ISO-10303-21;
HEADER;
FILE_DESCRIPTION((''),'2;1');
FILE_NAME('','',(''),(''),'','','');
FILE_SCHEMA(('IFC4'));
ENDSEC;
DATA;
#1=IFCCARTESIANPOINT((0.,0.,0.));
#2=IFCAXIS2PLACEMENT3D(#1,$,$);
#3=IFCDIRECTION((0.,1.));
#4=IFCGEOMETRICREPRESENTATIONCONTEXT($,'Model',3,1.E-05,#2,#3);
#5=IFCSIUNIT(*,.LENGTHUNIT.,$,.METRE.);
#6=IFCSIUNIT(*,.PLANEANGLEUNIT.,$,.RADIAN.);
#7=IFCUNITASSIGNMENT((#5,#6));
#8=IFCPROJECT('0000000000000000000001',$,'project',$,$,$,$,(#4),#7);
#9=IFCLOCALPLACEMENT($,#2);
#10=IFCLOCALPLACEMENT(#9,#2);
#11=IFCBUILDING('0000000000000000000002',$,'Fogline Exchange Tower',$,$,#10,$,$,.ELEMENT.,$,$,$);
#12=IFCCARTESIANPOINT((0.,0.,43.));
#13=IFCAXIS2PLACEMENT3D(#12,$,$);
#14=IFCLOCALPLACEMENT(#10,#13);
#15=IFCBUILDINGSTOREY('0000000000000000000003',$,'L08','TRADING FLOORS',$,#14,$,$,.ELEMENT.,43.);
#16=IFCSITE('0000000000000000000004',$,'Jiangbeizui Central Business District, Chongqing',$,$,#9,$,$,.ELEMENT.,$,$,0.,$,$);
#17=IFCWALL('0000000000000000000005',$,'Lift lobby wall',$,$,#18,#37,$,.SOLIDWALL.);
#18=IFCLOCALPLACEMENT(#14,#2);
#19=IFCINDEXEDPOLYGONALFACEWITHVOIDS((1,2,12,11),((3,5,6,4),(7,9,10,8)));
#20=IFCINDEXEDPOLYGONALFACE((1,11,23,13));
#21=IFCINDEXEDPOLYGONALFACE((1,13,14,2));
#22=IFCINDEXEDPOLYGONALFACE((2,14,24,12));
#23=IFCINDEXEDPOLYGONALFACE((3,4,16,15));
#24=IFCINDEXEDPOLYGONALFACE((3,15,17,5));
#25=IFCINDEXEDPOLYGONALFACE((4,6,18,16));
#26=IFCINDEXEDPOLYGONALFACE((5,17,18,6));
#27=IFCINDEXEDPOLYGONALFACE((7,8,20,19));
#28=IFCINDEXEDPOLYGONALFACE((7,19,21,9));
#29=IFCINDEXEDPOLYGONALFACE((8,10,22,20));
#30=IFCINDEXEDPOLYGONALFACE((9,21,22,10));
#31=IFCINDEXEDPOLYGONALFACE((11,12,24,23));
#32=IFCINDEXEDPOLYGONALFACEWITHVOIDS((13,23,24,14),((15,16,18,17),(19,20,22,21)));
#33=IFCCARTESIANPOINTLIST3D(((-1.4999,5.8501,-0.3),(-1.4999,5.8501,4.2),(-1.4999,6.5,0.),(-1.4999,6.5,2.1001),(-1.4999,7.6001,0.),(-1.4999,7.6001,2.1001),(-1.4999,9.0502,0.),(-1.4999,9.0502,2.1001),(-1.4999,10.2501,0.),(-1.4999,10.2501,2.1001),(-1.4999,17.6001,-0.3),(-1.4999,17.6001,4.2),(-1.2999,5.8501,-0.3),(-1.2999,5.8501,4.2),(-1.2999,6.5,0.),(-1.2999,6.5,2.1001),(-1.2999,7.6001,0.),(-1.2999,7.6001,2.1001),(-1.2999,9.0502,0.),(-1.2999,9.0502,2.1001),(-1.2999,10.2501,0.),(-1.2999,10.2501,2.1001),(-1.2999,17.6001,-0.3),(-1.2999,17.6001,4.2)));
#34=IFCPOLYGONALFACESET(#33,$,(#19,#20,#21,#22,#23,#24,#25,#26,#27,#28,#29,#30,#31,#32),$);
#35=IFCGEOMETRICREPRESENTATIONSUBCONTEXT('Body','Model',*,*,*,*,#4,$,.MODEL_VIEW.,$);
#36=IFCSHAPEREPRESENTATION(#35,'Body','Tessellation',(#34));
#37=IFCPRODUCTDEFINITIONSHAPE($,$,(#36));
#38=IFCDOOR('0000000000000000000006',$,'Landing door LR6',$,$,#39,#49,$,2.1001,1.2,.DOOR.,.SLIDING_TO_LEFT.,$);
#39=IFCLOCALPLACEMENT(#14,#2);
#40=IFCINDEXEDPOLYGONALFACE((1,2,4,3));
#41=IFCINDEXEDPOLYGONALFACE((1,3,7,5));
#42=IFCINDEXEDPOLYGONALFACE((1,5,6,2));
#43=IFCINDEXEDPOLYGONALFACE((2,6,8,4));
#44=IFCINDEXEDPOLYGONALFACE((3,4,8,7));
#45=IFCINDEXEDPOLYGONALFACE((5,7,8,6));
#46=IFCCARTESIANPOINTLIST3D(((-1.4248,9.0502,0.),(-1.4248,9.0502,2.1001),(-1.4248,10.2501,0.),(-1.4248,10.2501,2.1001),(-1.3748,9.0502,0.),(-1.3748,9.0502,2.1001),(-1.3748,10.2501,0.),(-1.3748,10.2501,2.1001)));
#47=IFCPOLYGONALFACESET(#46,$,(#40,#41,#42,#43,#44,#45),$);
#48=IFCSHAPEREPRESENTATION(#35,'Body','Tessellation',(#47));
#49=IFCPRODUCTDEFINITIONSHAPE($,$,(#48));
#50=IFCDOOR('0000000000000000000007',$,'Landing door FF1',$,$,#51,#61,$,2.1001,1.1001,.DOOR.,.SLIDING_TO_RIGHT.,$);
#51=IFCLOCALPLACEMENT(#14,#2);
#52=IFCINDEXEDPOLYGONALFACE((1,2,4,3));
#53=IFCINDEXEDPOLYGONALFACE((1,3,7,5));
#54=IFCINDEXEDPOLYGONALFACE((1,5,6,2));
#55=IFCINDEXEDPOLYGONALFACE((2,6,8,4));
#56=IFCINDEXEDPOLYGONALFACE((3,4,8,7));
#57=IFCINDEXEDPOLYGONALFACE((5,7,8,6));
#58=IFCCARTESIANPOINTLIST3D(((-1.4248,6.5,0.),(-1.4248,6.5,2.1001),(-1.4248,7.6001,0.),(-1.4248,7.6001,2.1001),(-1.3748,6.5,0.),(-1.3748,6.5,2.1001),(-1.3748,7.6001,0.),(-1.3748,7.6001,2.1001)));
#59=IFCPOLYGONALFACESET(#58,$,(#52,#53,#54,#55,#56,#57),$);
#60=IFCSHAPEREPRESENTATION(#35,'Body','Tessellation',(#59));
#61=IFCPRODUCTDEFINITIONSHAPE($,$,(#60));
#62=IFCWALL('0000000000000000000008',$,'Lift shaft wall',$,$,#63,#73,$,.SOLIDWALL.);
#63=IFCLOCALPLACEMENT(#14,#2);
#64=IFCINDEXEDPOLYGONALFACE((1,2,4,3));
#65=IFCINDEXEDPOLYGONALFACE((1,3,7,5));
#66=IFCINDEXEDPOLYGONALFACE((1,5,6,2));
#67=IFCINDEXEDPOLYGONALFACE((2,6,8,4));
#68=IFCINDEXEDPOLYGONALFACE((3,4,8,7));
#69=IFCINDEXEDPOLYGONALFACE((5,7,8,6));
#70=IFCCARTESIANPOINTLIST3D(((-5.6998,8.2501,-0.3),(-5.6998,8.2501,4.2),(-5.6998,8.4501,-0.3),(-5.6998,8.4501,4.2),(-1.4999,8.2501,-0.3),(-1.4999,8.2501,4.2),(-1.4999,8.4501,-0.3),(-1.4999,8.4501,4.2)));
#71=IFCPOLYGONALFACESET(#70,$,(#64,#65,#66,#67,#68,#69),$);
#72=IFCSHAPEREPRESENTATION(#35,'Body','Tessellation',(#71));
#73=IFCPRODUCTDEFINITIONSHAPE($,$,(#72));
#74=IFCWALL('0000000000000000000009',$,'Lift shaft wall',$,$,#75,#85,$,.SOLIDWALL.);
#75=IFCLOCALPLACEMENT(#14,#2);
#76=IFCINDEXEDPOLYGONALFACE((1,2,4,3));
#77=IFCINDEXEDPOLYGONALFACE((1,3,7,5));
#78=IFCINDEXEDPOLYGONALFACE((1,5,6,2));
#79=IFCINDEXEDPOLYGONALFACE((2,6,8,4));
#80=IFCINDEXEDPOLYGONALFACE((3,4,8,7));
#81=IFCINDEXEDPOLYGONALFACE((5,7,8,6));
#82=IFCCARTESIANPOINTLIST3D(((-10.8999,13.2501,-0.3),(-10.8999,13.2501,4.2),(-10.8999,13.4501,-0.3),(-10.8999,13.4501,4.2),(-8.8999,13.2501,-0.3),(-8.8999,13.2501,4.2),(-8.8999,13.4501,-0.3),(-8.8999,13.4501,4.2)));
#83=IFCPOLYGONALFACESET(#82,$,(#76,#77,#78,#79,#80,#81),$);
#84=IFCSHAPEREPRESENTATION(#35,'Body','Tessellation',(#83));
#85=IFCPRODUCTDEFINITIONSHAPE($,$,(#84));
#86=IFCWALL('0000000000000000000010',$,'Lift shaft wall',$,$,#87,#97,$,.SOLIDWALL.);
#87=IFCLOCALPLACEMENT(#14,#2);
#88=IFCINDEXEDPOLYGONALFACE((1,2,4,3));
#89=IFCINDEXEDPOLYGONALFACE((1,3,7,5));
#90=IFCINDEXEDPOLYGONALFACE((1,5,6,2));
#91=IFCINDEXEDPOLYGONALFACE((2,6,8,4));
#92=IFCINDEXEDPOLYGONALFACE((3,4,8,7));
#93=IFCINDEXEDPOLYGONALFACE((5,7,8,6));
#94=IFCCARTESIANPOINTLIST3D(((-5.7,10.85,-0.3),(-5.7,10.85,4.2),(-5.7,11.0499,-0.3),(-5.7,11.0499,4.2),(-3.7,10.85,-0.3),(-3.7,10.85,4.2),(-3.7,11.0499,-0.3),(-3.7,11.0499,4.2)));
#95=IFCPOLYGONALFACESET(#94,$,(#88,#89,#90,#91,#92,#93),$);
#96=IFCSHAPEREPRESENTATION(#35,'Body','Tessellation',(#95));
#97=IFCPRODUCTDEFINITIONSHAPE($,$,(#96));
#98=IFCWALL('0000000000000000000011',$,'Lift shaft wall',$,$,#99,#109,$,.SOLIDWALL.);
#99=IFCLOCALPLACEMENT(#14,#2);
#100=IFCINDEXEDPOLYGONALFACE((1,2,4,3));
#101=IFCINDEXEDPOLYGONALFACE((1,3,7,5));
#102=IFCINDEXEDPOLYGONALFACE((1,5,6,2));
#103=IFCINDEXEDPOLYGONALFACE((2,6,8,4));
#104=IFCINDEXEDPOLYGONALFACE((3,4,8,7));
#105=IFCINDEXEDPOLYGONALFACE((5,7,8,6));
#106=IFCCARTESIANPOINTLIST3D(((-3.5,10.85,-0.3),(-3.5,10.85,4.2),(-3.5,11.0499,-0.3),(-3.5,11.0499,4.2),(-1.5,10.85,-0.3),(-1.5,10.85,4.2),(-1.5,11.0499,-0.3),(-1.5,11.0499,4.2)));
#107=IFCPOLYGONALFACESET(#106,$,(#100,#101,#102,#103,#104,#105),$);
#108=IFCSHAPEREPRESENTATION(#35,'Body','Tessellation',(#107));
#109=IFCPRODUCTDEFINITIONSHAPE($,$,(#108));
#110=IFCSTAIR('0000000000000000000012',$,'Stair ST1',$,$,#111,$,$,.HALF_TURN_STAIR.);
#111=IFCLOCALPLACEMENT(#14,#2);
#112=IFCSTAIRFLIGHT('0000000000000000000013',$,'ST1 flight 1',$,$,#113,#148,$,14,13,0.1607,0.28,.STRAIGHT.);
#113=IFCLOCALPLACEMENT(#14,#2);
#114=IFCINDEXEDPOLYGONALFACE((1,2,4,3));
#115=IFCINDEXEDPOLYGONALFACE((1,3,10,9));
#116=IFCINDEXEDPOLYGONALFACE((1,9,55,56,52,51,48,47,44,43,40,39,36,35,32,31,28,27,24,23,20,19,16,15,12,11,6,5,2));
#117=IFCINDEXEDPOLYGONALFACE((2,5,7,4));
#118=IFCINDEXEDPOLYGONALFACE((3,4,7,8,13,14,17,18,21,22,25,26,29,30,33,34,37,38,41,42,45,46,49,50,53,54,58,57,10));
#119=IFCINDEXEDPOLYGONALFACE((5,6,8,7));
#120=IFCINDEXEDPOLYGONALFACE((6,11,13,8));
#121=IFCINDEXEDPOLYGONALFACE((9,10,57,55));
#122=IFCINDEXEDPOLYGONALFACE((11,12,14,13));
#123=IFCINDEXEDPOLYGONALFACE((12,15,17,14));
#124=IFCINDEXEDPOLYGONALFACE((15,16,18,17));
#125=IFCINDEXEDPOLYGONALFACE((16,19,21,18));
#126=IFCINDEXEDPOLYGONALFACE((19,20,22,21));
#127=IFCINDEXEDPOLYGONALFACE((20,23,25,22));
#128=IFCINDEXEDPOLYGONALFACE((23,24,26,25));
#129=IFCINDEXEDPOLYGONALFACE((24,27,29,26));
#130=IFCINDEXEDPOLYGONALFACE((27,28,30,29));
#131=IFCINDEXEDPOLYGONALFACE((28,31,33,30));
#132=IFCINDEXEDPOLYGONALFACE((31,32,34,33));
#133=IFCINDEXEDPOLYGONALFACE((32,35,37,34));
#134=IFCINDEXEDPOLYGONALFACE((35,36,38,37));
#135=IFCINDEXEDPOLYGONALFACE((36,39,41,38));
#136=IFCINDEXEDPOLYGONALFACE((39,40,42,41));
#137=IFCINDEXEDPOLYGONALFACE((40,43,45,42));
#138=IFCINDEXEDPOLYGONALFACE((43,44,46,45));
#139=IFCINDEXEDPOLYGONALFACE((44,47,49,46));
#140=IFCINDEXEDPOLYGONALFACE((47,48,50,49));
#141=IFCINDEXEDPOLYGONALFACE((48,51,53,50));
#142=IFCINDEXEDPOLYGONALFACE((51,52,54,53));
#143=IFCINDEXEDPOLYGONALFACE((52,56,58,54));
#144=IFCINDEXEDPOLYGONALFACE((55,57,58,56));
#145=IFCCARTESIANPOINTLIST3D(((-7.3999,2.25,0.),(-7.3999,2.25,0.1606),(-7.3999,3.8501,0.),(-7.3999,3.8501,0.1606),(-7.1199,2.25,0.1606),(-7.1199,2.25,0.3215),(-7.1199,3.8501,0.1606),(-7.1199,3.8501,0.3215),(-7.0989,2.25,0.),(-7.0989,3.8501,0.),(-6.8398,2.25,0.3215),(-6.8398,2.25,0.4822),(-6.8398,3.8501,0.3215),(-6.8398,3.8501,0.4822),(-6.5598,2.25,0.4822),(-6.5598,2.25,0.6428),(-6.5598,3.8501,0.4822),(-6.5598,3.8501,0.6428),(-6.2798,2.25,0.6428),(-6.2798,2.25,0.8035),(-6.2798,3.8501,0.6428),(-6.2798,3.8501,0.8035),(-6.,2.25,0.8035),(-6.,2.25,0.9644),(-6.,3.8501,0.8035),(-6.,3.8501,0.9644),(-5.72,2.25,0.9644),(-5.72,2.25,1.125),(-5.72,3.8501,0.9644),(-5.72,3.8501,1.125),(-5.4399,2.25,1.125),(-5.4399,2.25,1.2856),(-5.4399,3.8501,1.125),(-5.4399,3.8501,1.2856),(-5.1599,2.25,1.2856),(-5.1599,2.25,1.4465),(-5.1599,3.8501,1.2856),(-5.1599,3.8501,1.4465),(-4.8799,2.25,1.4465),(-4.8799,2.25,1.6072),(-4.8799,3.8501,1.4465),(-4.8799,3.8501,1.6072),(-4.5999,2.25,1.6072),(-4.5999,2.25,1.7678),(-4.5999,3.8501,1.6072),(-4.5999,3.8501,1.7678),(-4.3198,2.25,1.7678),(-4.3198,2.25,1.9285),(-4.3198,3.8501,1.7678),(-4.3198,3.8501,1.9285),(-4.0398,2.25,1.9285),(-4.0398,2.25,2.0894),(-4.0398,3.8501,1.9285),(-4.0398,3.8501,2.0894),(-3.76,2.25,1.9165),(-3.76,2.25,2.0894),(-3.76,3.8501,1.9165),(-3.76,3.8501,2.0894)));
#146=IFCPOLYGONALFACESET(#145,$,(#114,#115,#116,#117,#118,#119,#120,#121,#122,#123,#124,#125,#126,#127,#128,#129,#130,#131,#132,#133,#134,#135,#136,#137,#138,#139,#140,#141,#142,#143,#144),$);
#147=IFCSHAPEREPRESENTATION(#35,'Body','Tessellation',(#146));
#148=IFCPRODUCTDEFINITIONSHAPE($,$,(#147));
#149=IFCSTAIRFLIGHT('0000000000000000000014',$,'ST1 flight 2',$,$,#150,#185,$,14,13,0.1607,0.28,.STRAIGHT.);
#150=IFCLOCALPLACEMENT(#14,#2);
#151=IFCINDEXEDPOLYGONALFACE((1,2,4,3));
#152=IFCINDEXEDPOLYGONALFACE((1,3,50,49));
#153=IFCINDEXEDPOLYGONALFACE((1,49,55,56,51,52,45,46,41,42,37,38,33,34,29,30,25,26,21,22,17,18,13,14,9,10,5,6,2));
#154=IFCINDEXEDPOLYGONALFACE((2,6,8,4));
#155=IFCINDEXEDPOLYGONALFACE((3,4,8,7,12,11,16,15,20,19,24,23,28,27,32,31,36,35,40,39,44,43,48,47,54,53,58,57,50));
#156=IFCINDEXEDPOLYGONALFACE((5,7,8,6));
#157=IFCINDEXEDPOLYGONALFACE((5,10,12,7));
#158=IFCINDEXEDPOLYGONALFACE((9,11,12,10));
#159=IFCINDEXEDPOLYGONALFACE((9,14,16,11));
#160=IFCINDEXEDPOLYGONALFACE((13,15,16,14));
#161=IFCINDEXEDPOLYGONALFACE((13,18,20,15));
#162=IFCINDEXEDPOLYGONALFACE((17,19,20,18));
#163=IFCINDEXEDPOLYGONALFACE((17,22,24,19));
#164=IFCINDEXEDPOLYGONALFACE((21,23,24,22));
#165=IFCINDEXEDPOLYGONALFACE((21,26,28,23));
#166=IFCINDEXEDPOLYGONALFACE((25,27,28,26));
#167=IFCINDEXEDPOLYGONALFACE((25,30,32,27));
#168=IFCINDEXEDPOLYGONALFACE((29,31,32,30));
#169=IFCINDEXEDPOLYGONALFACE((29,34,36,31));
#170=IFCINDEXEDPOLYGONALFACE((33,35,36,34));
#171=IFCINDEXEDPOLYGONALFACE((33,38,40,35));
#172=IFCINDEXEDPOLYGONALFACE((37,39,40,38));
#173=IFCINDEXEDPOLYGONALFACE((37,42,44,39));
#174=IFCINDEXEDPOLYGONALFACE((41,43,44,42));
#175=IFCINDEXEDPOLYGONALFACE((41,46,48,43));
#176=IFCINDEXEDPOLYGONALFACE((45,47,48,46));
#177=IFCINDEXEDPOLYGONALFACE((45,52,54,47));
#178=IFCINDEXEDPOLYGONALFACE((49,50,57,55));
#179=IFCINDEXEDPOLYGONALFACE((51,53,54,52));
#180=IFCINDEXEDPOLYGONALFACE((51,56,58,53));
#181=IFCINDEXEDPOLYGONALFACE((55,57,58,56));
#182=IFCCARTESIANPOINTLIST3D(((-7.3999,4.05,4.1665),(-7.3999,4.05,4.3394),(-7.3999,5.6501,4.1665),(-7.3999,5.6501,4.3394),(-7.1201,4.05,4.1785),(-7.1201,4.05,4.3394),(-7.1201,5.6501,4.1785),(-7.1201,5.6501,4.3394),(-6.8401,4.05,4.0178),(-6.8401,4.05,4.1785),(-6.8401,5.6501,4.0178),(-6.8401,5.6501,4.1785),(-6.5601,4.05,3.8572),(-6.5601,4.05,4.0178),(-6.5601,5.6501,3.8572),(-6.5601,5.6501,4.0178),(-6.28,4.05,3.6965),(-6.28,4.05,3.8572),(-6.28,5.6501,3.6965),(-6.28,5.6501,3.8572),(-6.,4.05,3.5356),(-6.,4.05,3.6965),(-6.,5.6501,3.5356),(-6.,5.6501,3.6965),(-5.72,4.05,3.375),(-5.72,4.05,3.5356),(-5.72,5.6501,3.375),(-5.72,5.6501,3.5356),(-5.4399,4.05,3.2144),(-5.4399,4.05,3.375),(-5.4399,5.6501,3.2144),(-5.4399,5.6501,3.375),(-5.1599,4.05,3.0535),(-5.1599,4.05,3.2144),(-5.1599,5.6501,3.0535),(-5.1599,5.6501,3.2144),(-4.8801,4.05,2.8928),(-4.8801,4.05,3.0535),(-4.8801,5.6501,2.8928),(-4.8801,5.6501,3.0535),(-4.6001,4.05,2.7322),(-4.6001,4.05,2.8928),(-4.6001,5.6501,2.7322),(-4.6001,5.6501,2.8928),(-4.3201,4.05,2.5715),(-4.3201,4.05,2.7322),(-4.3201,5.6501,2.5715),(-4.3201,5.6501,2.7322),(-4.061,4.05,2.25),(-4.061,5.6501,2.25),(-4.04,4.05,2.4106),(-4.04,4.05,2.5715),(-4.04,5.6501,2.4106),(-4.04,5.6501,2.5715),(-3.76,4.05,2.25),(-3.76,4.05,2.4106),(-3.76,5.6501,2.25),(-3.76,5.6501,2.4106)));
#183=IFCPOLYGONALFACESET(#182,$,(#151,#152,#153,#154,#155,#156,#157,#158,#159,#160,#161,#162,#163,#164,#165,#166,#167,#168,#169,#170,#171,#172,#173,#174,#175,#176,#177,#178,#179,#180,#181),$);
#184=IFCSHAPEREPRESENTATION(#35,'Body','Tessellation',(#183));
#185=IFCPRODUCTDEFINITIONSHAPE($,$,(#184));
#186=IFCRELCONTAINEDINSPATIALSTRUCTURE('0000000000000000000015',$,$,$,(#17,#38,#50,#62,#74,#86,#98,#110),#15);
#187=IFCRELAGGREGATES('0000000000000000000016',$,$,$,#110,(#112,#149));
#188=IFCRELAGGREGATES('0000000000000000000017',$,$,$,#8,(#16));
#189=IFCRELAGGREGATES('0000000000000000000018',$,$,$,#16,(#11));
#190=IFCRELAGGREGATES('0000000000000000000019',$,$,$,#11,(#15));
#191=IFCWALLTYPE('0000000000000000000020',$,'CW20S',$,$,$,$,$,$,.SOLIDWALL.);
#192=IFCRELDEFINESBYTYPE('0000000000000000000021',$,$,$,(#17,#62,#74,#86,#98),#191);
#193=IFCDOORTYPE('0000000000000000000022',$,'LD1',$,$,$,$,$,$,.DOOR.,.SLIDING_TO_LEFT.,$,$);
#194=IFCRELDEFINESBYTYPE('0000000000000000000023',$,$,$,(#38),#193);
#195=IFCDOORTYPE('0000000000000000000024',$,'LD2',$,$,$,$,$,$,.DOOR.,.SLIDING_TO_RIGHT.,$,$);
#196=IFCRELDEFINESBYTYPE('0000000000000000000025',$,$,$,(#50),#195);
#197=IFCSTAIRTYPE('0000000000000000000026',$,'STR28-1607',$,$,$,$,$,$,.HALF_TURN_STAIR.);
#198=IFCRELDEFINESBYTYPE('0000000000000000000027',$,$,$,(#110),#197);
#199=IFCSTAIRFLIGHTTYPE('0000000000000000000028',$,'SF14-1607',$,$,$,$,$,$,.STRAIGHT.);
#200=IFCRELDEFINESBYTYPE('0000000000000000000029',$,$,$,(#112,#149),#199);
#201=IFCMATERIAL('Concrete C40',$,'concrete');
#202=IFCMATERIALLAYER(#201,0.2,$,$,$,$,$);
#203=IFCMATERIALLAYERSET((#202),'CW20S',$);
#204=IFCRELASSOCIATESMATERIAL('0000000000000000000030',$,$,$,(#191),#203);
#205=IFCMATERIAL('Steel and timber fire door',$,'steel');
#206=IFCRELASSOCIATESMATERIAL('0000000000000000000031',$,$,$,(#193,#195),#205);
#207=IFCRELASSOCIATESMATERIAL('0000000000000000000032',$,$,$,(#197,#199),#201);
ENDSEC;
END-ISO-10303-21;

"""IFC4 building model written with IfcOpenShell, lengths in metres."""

from ifc_helpers import new_model, si_unit, direction, frame, frame_2d, origin, place, context, subcontext, project, spatial, polyline, rectangle, outline, extrude, material, layer, layer_set, type_object, element, fill, aggregate, save


model = new_model("IFC4")

# Units and contexts
model_context = context("Model", 3, precision=1e-05, world=origin(), true_north=direction((0.0, 1.0)))
body_context = subcontext(model_context, "Body", "Model", "MODEL_VIEW")
ifc_project = project(units=[si_unit("LENGTHUNIT", "METRE"), si_unit("PLANEANGLEUNIT", "RADIAN")], contexts=[model_context])

# Site, building, storey
site_placement = place(None, origin())
site = spatial("IfcSite", under=ifc_project, at=site_placement, Name="Jiangbeizui Central Business District, Chongqing", CompositionType="ELEMENT", RefElevation=0.0)
building_placement = place(site_placement, origin())
building = spatial("IfcBuilding", under=site, at=building_placement, Name="Fogline Exchange Tower", CompositionType="ELEMENT")
storey_placement = place(building_placement, frame((0.0, 0.0, 43.0)))
storey = spatial("IfcBuildingStorey", under=building, at=storey_placement, Name="L08", Description="TRADING FLOORS", CompositionType="ELEMENT", Elevation=43.0)

# Shared definitions
ifc_material_1 = material(Name="Steel and timber fire door", Category="steel")

# Shared definitions
ifc_material_2 = material(Name="Concrete C40", Category="concrete")

# Shared definitions
ifc_layer_1 = layer(ifc_material_2, 0.2)
ifc_layer_set_1 = layer_set([ifc_layer_1], Name="CW20S")
wall_type_1 = type_object("IfcWallType", Name="CW20S", PredefinedType="SOLIDWALL", material=ifc_layer_set_1)
door_type_1 = type_object("IfcDoorType", Name="LD1", OperationType="SLIDING_TO_LEFT", PredefinedType="DOOR", material=ifc_material_1)

# Wall, openings, doors
wall_1_placement = place(storey_placement, frame((-1.3999, 5.8501, -0.3), z_axis=(0.0, 0.0, 1.0), x_axis=(0.0, 1.0, 0.0)))
wall_1 = element("IfcWall", 1, at=wall_1_placement, inside=storey, type_object=wall_type_1, Name="Lift lobby wall", PredefinedType="SOLIDWALL", context=body_context, shape_type="SweptSolid", body=[
    extrude(rectangle(XDim=11.75, YDim=0.2, at=frame_2d((5.875, 0.0))), origin(), (0.0, 0.0, 1.0), 4.5),
])
opening_1_placement = place(wall_1_placement, frame((3.2, 0.0, 0.3)))
opening_1 = element("IfcOpeningElement", 2, at=opening_1_placement, cuts=wall_1, PredefinedType="OPENING", context=body_context, shape_type="SweptSolid", body=[
    extrude(rectangle(XDim=1.2, YDim=2.1001, at=frame_2d((0.6001, 1.05))), frame((0.0, 0.1099, 0.0), z_axis=(0.0, -1.0, 0.0), x_axis=(1.0, 0.0, 0.0)), (0.0, 0.0, 1.0), 0.22),
])
opening_2_placement = place(wall_1_placement, frame((0.6499, 0.0, 0.3)))
opening_2 = element("IfcOpeningElement", 3, at=opening_2_placement, cuts=wall_1, PredefinedType="OPENING", context=body_context, shape_type="SweptSolid", body=[
    extrude(rectangle(XDim=1.1001, YDim=2.1001, at=frame_2d((0.55, 1.05))), frame((0.0, 0.1099, 0.0), z_axis=(0.0, -1.0, 0.0), x_axis=(1.0, 0.0, 0.0)), (0.0, 0.0, 1.0), 0.22),
])
door_1_placement = place(opening_1_placement, origin())
door_1 = element("IfcDoor", 4, at=door_1_placement, inside=storey, type_object=door_type_1, Name="Landing door LR6", OperationType="SLIDING_TO_LEFT", OverallHeight=2.1001, OverallWidth=1.2, PredefinedType="DOOR", context=body_context, shape_type="SweptSolid", body=[
    extrude(rectangle(XDim=1.2, YDim=2.1001, at=frame_2d((0.6001, 1.05))), frame((0.0, 0.0249, 0.0), z_axis=(0.0, -1.0, 0.0), x_axis=(1.0, 0.0, 0.0)), (0.0, 0.0, 1.0), 0.05),
])
fill(opening_1, door_1)
door_type_2 = type_object("IfcDoorType", Name="LD2", OperationType="SLIDING_TO_RIGHT", PredefinedType="DOOR", material=ifc_material_1)
door_2_placement = place(opening_2_placement, origin())
door_2 = element("IfcDoor", 5, at=door_2_placement, inside=storey, type_object=door_type_2, Name="Landing door FF1", OperationType="SLIDING_TO_RIGHT", OverallHeight=2.1001, OverallWidth=1.1001, PredefinedType="DOOR", context=body_context, shape_type="SweptSolid", body=[
    extrude(rectangle(XDim=1.1001, YDim=2.1001, at=frame_2d((0.55, 1.05))), frame((0.0, 0.0249, 0.0), z_axis=(0.0, -1.0, 0.0), x_axis=(1.0, 0.0, 0.0)), (0.0, 0.0, 1.0), 0.05),
])
fill(opening_2, door_2)

# Walls
wall_2_placement = place(storey_placement, frame((-5.7, 8.3501, -0.3), z_axis=(0.0, 0.0, 1.0), x_axis=(1.0, 0.0, 0.0)))
element("IfcWall", 6, at=wall_2_placement, inside=storey, type_object=wall_type_1, Name="Lift shaft wall", PredefinedType="SOLIDWALL", context=body_context, shape_type="SweptSolid", body=[
    extrude(rectangle(XDim=4.2, YDim=0.2, at=frame_2d((2.1001, 0.0))), origin(), (0.0, 0.0, 1.0), 4.5),
])
for number, where, z_axis, x_axis, name in (
    (7, (-10.8999, 13.3501, -0.3), (0.0, 0.0, 1.0), (1.0, 0.0, 0.0), "Lift shaft wall"),
    (8, (-5.7, 10.95, -0.3), (0.0, 0.0, 1.0), (1.0, 0.0, 0.0), "Lift shaft wall"),
    (9, (-3.5, 10.95, -0.3), (0.0, 0.0, 1.0), (1.0, 0.0, 0.0), "Lift shaft wall"),
):
    element("IfcWall", number, at=place(storey_placement, frame(where, z_axis=z_axis, x_axis=x_axis)), inside=storey, type_object=wall_type_1, Name=name, PredefinedType="SOLIDWALL", context=body_context, shape_type="SweptSolid", body=[
        extrude(rectangle(XDim=2.0, YDim=0.2, at=frame_2d((1.0, 0.0))), origin(), (0.0, 0.0, 1.0), 4.5),
    ])

# Stair, stair flights
stair_type = type_object("IfcStairType", Name="STR28-1607", PredefinedType="HALF_TURN_STAIR", material=ifc_material_2)
stair_placement = place(storey_placement, origin())
stair = element("IfcStair", 10, at=stair_placement, inside=storey, type_object=stair_type, Name="Stair ST1", PredefinedType="HALF_TURN_STAIR")
stair_flight_type = type_object("IfcStairFlightType", Name="SF14-1607", PredefinedType="STRAIGHT", material=ifc_material_2)
stair_flight_1_placement = place(storey_placement, frame((-7.3999, 3.05, 0.0), z_axis=(0.0, 0.0, 1.0), x_axis=(1.0, 0.0, 0.0)))
stair_flight_1 = element("IfcStairFlight", 11, at=stair_flight_1_placement, type_object=stair_flight_type, Name="ST1 flight 1", NumberOfRisers=14, NumberOfTreads=13, PredefinedType="STRAIGHT", RiserHeight=0.1607, TreadLength=0.28, context=body_context, shape_type="SweptSolid", body=[
    extrude(outline(polyline([(0.0, 0.0), (0.0, 0.1606), (0.28, 0.1606), (0.28, 0.3215), (0.5601, 0.3215), (0.5601, 0.4822), (0.8401, 0.4822), (0.8401, 0.6428), (1.1201, 0.6428), (1.1201, 0.8035), (1.3999, 0.8035), (1.3999, 0.9644), (1.6799, 0.9644), (1.6799, 1.125), (1.96, 1.125), (1.96, 1.2856), (2.24, 1.2856), (2.24, 1.4465), (2.52, 1.4465), (2.52, 1.6072), (2.8, 1.6072), (2.8, 1.7678), (3.0801, 1.7678), (3.0801, 1.9285), (3.3601, 1.9285), (3.3601, 2.0894), (3.6399, 2.0894), (3.6399, 2.25), (3.6399, 1.9165), (0.301, 0.0), (0.0, 0.0)])), frame((0.0, 0.8, 0.0), z_axis=(0.0, -1.0, 0.0), x_axis=(1.0, 0.0, 0.0)), (0.0, 0.0, 1.0), 1.6001),
])
stair_flight_2_placement = place(storey_placement, frame((-3.76, 4.8501, 2.25), z_axis=(0.0, 0.0, 1.0), x_axis=(-1.0, 0.0, 0.0)))
stair_flight_2 = element("IfcStairFlight", 12, at=stair_flight_2_placement, type_object=stair_flight_type, Name="ST1 flight 2", NumberOfRisers=14, NumberOfTreads=13, PredefinedType="STRAIGHT", RiserHeight=0.1607, TreadLength=0.28, context=body_context, shape_type="SweptSolid", body=[
    extrude(outline(polyline([(0.0, 0.0), (0.0, 0.1606), (0.28, 0.1606), (0.28, 0.3215), (0.5601, 0.3215), (0.5601, 0.4822), (0.8401, 0.4822), (0.8401, 0.6428), (1.1201, 0.6428), (1.1201, 0.8035), (1.3999, 0.8035), (1.3999, 0.9644), (1.6799, 0.9644), (1.6799, 1.125), (1.96, 1.125), (1.96, 1.2856), (2.24, 1.2856), (2.24, 1.4465), (2.52, 1.4465), (2.52, 1.6072), (2.8, 1.6072), (2.8, 1.7678), (3.0801, 1.7678), (3.0801, 1.9285), (3.3601, 1.9285), (3.3601, 2.0894), (3.6399, 2.0894), (3.6399, 2.25), (3.6399, 1.9165), (0.301, 0.0), (0.0, 0.0)])), frame((0.0, 0.8, 0.0), z_axis=(0.0, -1.0, 0.0), x_axis=(1.0, 0.0, 0.0)), (0.0, 0.0, 1.0), 1.6001),
])
aggregate(stair, [stair_flight_1, stair_flight_2])

save(model, "model.ifc")
